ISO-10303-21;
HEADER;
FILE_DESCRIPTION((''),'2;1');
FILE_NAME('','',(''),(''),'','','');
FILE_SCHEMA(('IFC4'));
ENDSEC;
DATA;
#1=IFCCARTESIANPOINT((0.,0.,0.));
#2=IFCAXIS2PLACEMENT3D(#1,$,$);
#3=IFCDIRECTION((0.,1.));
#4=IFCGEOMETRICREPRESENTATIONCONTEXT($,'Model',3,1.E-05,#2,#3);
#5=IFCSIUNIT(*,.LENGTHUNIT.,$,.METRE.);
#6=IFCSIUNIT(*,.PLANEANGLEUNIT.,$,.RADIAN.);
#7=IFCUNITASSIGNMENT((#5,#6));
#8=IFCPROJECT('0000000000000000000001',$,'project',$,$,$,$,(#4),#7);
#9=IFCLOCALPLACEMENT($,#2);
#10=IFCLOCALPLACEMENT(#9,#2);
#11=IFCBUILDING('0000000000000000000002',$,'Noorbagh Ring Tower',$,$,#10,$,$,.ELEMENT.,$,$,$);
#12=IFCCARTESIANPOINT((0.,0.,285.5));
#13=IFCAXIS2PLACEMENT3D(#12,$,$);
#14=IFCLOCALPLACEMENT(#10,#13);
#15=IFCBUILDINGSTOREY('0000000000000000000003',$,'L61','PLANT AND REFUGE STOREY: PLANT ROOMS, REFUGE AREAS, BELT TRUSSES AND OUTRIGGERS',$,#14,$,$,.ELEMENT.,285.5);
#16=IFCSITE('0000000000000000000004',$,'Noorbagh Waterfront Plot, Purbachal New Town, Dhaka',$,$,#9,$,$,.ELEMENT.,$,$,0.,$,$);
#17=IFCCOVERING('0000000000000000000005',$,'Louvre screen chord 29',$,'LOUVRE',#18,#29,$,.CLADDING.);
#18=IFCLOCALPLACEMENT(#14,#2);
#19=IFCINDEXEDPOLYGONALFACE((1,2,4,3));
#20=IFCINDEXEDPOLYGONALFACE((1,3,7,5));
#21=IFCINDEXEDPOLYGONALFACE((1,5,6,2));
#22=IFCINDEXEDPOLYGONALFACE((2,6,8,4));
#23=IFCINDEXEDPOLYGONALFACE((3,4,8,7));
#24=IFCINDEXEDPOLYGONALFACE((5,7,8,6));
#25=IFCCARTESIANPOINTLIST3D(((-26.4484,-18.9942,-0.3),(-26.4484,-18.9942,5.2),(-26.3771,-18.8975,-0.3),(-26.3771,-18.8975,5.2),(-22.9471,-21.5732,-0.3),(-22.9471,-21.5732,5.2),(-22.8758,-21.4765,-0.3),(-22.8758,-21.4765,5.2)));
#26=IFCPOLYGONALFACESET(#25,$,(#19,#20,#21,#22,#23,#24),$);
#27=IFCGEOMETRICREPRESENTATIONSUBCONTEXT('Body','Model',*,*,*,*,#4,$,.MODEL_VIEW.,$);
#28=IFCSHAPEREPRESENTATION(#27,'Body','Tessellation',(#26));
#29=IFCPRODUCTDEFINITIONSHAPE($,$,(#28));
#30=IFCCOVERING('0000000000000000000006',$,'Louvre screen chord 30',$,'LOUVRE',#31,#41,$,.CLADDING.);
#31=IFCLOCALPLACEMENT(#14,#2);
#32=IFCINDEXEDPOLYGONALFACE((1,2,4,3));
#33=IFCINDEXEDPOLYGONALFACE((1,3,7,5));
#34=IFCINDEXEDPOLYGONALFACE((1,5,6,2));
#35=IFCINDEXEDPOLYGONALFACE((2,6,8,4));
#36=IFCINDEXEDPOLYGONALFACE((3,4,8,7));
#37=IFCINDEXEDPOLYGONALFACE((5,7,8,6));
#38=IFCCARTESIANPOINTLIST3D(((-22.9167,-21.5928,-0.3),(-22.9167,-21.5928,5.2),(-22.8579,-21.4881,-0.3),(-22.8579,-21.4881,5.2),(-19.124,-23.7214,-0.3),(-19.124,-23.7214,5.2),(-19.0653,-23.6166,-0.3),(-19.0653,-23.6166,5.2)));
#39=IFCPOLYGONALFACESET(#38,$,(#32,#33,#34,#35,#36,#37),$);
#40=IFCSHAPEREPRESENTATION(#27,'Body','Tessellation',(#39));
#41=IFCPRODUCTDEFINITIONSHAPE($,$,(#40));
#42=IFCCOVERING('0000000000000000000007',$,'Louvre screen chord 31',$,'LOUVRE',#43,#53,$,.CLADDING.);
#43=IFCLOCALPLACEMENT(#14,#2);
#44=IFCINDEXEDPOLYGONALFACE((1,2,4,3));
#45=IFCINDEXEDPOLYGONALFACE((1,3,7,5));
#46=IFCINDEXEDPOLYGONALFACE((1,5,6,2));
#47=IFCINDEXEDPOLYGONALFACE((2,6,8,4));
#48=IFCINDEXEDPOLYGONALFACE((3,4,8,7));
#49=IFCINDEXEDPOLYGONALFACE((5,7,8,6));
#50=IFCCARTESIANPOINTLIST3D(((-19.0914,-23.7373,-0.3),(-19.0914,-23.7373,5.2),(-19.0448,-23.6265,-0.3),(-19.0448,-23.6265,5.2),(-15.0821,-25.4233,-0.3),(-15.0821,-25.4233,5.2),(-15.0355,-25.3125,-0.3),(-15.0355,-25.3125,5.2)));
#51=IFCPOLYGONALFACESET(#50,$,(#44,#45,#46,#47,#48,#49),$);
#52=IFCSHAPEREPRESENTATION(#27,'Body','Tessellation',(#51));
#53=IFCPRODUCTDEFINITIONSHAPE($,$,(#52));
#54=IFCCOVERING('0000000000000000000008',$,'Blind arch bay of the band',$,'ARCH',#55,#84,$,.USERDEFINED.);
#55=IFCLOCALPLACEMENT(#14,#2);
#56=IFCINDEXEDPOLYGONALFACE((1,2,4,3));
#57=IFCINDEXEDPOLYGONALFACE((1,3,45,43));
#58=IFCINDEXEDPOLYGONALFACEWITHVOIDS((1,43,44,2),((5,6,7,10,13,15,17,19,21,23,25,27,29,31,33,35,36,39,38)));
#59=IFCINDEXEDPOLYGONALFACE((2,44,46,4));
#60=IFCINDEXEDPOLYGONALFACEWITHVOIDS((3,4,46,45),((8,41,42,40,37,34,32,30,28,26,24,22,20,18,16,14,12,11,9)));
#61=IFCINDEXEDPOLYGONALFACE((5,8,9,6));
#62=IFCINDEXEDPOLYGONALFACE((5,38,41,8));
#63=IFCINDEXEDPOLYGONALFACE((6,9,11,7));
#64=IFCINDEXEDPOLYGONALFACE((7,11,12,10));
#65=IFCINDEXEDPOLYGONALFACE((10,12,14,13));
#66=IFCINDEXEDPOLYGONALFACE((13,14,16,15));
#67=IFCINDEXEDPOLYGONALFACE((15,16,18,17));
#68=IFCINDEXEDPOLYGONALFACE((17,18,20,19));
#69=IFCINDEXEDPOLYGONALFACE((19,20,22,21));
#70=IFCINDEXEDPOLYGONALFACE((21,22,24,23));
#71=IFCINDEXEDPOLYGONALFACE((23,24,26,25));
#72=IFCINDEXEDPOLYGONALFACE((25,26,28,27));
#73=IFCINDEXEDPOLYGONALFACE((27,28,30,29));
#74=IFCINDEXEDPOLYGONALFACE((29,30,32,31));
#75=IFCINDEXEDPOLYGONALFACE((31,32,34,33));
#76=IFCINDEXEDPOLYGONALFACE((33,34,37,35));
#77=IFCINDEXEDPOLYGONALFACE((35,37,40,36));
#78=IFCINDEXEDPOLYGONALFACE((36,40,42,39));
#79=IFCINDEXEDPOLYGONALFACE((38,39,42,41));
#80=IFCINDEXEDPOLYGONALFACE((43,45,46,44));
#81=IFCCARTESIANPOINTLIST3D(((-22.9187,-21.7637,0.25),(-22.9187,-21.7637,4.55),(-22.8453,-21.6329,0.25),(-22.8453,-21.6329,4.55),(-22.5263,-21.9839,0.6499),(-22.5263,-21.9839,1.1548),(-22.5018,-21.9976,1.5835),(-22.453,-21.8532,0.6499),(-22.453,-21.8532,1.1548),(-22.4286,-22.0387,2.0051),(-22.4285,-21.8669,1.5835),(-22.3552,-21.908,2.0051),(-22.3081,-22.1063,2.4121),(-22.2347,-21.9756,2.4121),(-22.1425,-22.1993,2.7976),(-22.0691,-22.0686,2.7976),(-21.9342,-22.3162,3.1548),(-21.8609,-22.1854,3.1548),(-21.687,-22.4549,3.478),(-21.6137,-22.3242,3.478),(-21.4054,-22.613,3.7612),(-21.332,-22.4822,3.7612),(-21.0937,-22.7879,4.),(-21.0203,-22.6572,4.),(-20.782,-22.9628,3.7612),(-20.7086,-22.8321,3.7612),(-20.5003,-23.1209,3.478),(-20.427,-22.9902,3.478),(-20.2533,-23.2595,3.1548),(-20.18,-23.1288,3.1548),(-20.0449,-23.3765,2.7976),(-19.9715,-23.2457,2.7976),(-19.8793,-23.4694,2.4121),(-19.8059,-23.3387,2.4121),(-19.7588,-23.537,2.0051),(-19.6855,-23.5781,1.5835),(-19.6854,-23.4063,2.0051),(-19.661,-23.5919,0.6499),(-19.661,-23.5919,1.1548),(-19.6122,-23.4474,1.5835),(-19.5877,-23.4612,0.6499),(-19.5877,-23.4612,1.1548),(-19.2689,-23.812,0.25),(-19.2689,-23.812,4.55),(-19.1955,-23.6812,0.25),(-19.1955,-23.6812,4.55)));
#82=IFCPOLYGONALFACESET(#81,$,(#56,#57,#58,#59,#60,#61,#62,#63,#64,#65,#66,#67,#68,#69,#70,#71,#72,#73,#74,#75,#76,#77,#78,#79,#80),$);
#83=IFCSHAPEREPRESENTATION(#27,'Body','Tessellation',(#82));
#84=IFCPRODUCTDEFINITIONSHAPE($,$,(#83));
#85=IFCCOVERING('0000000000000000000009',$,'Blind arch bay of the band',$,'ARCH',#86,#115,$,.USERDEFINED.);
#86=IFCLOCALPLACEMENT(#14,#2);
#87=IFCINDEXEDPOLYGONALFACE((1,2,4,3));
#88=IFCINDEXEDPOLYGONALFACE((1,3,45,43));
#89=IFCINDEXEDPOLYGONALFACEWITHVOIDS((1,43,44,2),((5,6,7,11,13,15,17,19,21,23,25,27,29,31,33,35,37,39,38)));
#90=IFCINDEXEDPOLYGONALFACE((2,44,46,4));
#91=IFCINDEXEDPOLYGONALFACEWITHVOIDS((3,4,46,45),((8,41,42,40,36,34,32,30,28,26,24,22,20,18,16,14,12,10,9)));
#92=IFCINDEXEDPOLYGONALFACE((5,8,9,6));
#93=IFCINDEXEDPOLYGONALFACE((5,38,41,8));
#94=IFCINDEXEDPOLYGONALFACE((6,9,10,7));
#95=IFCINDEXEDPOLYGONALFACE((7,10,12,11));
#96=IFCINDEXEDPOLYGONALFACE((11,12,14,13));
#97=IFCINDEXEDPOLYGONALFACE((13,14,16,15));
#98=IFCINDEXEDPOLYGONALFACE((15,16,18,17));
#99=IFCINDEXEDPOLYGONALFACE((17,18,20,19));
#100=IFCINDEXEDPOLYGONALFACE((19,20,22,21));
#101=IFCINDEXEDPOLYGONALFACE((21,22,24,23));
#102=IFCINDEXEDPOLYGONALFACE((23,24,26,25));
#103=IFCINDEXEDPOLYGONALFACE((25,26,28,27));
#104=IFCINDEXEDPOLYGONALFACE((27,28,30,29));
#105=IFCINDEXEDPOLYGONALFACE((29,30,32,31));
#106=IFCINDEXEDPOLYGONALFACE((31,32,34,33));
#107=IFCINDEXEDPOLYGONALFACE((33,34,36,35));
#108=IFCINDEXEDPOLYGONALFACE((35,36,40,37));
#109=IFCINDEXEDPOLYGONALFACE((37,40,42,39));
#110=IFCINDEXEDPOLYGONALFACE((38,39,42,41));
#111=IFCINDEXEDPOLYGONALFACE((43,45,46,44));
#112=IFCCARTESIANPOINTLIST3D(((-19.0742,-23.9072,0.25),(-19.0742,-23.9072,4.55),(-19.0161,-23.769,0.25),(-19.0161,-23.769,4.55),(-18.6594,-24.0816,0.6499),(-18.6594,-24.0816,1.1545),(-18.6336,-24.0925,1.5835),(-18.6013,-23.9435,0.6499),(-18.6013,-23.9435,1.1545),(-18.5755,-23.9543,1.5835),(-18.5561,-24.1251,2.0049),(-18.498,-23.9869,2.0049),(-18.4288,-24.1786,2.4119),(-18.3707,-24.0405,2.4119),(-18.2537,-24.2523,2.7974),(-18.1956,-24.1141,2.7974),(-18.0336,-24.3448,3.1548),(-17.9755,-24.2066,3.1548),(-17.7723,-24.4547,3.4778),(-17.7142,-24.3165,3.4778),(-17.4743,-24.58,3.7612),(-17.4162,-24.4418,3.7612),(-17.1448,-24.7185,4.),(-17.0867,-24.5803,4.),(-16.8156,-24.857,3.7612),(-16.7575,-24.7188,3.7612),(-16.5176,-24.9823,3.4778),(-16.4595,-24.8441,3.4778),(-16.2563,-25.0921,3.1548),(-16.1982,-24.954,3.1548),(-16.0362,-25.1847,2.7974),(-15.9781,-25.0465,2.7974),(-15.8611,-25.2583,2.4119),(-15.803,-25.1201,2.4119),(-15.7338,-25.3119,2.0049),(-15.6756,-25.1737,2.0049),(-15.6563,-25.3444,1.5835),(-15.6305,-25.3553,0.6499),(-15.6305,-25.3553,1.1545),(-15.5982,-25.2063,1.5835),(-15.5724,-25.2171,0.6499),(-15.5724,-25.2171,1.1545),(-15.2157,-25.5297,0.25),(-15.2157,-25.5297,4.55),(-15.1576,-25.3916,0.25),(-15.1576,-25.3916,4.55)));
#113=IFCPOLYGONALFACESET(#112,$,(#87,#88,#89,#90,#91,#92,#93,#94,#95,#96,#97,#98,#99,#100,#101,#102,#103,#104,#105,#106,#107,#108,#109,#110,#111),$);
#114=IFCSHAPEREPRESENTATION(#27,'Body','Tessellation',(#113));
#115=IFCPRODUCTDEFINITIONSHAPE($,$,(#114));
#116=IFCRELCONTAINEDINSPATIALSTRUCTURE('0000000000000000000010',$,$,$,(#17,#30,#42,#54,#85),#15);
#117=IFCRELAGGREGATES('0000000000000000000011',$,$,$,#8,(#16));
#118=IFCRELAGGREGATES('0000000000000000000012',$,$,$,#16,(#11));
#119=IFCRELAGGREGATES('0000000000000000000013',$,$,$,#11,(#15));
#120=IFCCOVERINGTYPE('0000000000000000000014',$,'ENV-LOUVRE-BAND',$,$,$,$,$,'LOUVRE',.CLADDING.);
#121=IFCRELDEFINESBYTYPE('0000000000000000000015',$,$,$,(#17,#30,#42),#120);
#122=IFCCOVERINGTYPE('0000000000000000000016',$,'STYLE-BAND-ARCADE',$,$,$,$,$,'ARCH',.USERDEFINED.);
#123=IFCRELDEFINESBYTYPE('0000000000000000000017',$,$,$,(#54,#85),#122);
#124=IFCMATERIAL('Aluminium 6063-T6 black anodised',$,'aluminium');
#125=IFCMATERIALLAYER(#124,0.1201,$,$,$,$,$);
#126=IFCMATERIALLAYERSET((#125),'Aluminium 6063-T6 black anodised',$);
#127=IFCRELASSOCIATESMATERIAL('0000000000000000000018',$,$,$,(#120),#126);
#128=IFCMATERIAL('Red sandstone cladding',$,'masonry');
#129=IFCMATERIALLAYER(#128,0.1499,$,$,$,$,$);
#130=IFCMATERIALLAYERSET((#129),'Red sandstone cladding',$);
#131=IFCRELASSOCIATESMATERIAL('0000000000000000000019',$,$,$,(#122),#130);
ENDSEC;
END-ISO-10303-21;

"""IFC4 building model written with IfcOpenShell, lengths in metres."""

from ifc_helpers import new_model, si_unit, direction, frame, origin, origin_2d, place, context, subcontext, project, spatial, polyline, rectangle, outline, extrude, material, layer, layer_set, type_object, element, save


model = new_model("IFC4")

# Units and contexts
model_context = context("Model", 3, precision=1e-05, world=origin(), true_north=direction((0.0, 1.0)))
body_context = subcontext(model_context, "Body", "Model", "MODEL_VIEW")
ifc_project = project(units=[si_unit("LENGTHUNIT", "METRE"), si_unit("PLANEANGLEUNIT", "RADIAN")], contexts=[model_context])

# Site, building, storey
site_placement = place(None, origin())
site = spatial("IfcSite", under=ifc_project, at=site_placement, Name="Noorbagh Waterfront Plot, Purbachal New Town, Dhaka", CompositionType="ELEMENT", RefElevation=0.0)
building_placement = place(site_placement, origin())
building = spatial("IfcBuilding", under=site, at=building_placement, Name="Noorbagh Ring Tower", CompositionType="ELEMENT")
storey_placement = place(building_placement, frame((0.0, 0.0, 285.5)))
storey = spatial("IfcBuildingStorey", under=building, at=storey_placement, Name="L61", Description="PLANT AND REFUGE STOREY: PLANT ROOMS, REFUGE AREAS, BELT TRUSSES AND OUTRIGGERS", CompositionType="ELEMENT", Elevation=285.5)

# Coverings
ifc_material_1 = material(Name="Aluminium 6063-T6 black anodised", Category="aluminium")
ifc_layer_1 = layer(ifc_material_1, 0.1201)
ifc_layer_set_1 = layer_set([ifc_layer_1], Name="Aluminium 6063-T6 black anodised")
covering_type_1 = type_object("IfcCoveringType", Name="ENV-LOUVRE-BAND", ElementType="LOUVRE", PredefinedType="CLADDING", material=ifc_layer_set_1)
covering_1_placement = place(storey_placement, frame((-24.6621, -20.2354, -0.3), z_axis=(0.0, 0.0, 1.0), x_axis=(0.805153, -0.593067, 0.0)))
element("IfcCovering", 1, at=covering_1_placement, inside=storey, type_object=covering_type_1, Name="Louvre screen chord 29", ObjectType="LOUVRE", PredefinedType="CLADDING", context=body_context, shape_type="SweptSolid", body=[
    extrude(rectangle(XDim=4.3486, YDim=0.1201, at=origin_2d()), origin(), (0.0, 0.0, 1.0), 5.5),
])
covering_2_placement = place(storey_placement, frame((-20.991, -22.6047, -0.3), z_axis=(0.0, 0.0, 1.0), x_axis=(0.872045, -0.489426, 0.0)))
element("IfcCovering", 2, at=covering_2_placement, inside=storey, type_object=covering_type_1, Name="Louvre screen chord 30", ObjectType="LOUVRE", PredefinedType="CLADDING", context=body_context, shape_type="SweptSolid", body=[
    extrude(rectangle(XDim=4.3491, YDim=0.1201, at=origin_2d()), origin(), (0.0, 0.0, 1.0), 5.5),
])
covering_3_placement = place(storey_placement, frame((-17.0635, -24.5249, -0.3), z_axis=(0.0, 0.0, 1.0), x_axis=(0.921812, -0.387638, 0.0)))
element("IfcCovering", 3, at=covering_3_placement, inside=storey, type_object=covering_type_1, Name="Louvre screen chord 31", ObjectType="LOUVRE", PredefinedType="CLADDING", context=body_context, shape_type="SweptSolid", body=[
    extrude(rectangle(XDim=4.3494, YDim=0.1201, at=origin_2d()), origin(), (0.0, 0.0, 1.0), 5.5),
])
ifc_material_2 = material(Name="Red sandstone cladding", Category="masonry")
ifc_layer_2 = layer(ifc_material_2, 0.1499)
ifc_layer_set_2 = layer_set([ifc_layer_2], Name="Red sandstone cladding")
covering_type_2 = type_object("IfcCoveringType", Name="STYLE-BAND-ARCADE", ElementType="ARCH", PredefinedType="USERDEFINED", material=ifc_layer_set_2)
covering_4_placement = place(storey_placement, frame((-22.9187, -21.7637, 0.25), z_axis=(-0.489402, -0.872058, 0.0), x_axis=(0.872058, -0.489402, 0.0)))
element("IfcCovering", 4, at=covering_4_placement, inside=storey, type_object=covering_type_2, Name="Blind arch bay of the band", ObjectType="ARCH", PredefinedType="USERDEFINED", context=body_context, shape_type="SweptSolid", body=[
    extrude(outline(polyline([(0.0, 0.0), (4.1853, 0.0), (4.1853, 4.3), (0.0, 4.3), (0.0, 0.0)]), holes=[polyline([(0.45, 0.3999), (0.45, 0.9048), (0.478, 1.3335), (0.562, 1.7551), (0.7002, 2.1621), (0.8901, 2.5476), (1.1289, 2.9048), (1.4124, 3.228), (1.7354, 3.5112), (2.0928, 3.75), (2.4502, 3.5112), (2.7732, 3.228), (3.0564, 2.9048), (3.2954, 2.5476), (3.4854, 2.1621), (3.6235, 1.7551), (3.7075, 1.3335), (3.7356, 0.9048), (3.7356, 0.3999), (0.45, 0.3999)])]), origin(), (0.0, 0.0, -1.0), 0.1499),
])
covering_5_placement = place(storey_placement, frame((-19.0742, -23.9072, 0.25), z_axis=(-0.387624, -0.921818, 0.0), x_axis=(0.921818, -0.387624, 0.0)))
element("IfcCovering", 5, at=covering_5_placement, inside=storey, type_object=covering_type_2, Name="Blind arch bay of the band", ObjectType="ARCH", PredefinedType="USERDEFINED", context=body_context, shape_type="SweptSolid", body=[
    extrude(outline(polyline([(0.0, 0.0), (4.1858, 0.0), (4.1858, 4.3), (0.0, 4.3), (0.0, 0.0)]), holes=[polyline([(0.45, 0.3999), (0.45, 0.9045), (0.478, 1.3335), (0.562, 1.7549), (0.7002, 2.1619), (0.8901, 2.5474), (1.1289, 2.9048), (1.4124, 3.2278), (1.7356, 3.5112), (2.093, 3.75), (2.4502, 3.5112), (2.7734, 3.2278), (3.0569, 2.9048), (3.2957, 2.5474), (3.4856, 2.1619), (3.6238, 1.7549), (3.7078, 1.3335), (3.7358, 0.9045), (3.7358, 0.3999), (0.45, 0.3999)])]), origin(), (0.0, 0.0, -1.0), 0.1499),
])

save(model, "model.ifc")
